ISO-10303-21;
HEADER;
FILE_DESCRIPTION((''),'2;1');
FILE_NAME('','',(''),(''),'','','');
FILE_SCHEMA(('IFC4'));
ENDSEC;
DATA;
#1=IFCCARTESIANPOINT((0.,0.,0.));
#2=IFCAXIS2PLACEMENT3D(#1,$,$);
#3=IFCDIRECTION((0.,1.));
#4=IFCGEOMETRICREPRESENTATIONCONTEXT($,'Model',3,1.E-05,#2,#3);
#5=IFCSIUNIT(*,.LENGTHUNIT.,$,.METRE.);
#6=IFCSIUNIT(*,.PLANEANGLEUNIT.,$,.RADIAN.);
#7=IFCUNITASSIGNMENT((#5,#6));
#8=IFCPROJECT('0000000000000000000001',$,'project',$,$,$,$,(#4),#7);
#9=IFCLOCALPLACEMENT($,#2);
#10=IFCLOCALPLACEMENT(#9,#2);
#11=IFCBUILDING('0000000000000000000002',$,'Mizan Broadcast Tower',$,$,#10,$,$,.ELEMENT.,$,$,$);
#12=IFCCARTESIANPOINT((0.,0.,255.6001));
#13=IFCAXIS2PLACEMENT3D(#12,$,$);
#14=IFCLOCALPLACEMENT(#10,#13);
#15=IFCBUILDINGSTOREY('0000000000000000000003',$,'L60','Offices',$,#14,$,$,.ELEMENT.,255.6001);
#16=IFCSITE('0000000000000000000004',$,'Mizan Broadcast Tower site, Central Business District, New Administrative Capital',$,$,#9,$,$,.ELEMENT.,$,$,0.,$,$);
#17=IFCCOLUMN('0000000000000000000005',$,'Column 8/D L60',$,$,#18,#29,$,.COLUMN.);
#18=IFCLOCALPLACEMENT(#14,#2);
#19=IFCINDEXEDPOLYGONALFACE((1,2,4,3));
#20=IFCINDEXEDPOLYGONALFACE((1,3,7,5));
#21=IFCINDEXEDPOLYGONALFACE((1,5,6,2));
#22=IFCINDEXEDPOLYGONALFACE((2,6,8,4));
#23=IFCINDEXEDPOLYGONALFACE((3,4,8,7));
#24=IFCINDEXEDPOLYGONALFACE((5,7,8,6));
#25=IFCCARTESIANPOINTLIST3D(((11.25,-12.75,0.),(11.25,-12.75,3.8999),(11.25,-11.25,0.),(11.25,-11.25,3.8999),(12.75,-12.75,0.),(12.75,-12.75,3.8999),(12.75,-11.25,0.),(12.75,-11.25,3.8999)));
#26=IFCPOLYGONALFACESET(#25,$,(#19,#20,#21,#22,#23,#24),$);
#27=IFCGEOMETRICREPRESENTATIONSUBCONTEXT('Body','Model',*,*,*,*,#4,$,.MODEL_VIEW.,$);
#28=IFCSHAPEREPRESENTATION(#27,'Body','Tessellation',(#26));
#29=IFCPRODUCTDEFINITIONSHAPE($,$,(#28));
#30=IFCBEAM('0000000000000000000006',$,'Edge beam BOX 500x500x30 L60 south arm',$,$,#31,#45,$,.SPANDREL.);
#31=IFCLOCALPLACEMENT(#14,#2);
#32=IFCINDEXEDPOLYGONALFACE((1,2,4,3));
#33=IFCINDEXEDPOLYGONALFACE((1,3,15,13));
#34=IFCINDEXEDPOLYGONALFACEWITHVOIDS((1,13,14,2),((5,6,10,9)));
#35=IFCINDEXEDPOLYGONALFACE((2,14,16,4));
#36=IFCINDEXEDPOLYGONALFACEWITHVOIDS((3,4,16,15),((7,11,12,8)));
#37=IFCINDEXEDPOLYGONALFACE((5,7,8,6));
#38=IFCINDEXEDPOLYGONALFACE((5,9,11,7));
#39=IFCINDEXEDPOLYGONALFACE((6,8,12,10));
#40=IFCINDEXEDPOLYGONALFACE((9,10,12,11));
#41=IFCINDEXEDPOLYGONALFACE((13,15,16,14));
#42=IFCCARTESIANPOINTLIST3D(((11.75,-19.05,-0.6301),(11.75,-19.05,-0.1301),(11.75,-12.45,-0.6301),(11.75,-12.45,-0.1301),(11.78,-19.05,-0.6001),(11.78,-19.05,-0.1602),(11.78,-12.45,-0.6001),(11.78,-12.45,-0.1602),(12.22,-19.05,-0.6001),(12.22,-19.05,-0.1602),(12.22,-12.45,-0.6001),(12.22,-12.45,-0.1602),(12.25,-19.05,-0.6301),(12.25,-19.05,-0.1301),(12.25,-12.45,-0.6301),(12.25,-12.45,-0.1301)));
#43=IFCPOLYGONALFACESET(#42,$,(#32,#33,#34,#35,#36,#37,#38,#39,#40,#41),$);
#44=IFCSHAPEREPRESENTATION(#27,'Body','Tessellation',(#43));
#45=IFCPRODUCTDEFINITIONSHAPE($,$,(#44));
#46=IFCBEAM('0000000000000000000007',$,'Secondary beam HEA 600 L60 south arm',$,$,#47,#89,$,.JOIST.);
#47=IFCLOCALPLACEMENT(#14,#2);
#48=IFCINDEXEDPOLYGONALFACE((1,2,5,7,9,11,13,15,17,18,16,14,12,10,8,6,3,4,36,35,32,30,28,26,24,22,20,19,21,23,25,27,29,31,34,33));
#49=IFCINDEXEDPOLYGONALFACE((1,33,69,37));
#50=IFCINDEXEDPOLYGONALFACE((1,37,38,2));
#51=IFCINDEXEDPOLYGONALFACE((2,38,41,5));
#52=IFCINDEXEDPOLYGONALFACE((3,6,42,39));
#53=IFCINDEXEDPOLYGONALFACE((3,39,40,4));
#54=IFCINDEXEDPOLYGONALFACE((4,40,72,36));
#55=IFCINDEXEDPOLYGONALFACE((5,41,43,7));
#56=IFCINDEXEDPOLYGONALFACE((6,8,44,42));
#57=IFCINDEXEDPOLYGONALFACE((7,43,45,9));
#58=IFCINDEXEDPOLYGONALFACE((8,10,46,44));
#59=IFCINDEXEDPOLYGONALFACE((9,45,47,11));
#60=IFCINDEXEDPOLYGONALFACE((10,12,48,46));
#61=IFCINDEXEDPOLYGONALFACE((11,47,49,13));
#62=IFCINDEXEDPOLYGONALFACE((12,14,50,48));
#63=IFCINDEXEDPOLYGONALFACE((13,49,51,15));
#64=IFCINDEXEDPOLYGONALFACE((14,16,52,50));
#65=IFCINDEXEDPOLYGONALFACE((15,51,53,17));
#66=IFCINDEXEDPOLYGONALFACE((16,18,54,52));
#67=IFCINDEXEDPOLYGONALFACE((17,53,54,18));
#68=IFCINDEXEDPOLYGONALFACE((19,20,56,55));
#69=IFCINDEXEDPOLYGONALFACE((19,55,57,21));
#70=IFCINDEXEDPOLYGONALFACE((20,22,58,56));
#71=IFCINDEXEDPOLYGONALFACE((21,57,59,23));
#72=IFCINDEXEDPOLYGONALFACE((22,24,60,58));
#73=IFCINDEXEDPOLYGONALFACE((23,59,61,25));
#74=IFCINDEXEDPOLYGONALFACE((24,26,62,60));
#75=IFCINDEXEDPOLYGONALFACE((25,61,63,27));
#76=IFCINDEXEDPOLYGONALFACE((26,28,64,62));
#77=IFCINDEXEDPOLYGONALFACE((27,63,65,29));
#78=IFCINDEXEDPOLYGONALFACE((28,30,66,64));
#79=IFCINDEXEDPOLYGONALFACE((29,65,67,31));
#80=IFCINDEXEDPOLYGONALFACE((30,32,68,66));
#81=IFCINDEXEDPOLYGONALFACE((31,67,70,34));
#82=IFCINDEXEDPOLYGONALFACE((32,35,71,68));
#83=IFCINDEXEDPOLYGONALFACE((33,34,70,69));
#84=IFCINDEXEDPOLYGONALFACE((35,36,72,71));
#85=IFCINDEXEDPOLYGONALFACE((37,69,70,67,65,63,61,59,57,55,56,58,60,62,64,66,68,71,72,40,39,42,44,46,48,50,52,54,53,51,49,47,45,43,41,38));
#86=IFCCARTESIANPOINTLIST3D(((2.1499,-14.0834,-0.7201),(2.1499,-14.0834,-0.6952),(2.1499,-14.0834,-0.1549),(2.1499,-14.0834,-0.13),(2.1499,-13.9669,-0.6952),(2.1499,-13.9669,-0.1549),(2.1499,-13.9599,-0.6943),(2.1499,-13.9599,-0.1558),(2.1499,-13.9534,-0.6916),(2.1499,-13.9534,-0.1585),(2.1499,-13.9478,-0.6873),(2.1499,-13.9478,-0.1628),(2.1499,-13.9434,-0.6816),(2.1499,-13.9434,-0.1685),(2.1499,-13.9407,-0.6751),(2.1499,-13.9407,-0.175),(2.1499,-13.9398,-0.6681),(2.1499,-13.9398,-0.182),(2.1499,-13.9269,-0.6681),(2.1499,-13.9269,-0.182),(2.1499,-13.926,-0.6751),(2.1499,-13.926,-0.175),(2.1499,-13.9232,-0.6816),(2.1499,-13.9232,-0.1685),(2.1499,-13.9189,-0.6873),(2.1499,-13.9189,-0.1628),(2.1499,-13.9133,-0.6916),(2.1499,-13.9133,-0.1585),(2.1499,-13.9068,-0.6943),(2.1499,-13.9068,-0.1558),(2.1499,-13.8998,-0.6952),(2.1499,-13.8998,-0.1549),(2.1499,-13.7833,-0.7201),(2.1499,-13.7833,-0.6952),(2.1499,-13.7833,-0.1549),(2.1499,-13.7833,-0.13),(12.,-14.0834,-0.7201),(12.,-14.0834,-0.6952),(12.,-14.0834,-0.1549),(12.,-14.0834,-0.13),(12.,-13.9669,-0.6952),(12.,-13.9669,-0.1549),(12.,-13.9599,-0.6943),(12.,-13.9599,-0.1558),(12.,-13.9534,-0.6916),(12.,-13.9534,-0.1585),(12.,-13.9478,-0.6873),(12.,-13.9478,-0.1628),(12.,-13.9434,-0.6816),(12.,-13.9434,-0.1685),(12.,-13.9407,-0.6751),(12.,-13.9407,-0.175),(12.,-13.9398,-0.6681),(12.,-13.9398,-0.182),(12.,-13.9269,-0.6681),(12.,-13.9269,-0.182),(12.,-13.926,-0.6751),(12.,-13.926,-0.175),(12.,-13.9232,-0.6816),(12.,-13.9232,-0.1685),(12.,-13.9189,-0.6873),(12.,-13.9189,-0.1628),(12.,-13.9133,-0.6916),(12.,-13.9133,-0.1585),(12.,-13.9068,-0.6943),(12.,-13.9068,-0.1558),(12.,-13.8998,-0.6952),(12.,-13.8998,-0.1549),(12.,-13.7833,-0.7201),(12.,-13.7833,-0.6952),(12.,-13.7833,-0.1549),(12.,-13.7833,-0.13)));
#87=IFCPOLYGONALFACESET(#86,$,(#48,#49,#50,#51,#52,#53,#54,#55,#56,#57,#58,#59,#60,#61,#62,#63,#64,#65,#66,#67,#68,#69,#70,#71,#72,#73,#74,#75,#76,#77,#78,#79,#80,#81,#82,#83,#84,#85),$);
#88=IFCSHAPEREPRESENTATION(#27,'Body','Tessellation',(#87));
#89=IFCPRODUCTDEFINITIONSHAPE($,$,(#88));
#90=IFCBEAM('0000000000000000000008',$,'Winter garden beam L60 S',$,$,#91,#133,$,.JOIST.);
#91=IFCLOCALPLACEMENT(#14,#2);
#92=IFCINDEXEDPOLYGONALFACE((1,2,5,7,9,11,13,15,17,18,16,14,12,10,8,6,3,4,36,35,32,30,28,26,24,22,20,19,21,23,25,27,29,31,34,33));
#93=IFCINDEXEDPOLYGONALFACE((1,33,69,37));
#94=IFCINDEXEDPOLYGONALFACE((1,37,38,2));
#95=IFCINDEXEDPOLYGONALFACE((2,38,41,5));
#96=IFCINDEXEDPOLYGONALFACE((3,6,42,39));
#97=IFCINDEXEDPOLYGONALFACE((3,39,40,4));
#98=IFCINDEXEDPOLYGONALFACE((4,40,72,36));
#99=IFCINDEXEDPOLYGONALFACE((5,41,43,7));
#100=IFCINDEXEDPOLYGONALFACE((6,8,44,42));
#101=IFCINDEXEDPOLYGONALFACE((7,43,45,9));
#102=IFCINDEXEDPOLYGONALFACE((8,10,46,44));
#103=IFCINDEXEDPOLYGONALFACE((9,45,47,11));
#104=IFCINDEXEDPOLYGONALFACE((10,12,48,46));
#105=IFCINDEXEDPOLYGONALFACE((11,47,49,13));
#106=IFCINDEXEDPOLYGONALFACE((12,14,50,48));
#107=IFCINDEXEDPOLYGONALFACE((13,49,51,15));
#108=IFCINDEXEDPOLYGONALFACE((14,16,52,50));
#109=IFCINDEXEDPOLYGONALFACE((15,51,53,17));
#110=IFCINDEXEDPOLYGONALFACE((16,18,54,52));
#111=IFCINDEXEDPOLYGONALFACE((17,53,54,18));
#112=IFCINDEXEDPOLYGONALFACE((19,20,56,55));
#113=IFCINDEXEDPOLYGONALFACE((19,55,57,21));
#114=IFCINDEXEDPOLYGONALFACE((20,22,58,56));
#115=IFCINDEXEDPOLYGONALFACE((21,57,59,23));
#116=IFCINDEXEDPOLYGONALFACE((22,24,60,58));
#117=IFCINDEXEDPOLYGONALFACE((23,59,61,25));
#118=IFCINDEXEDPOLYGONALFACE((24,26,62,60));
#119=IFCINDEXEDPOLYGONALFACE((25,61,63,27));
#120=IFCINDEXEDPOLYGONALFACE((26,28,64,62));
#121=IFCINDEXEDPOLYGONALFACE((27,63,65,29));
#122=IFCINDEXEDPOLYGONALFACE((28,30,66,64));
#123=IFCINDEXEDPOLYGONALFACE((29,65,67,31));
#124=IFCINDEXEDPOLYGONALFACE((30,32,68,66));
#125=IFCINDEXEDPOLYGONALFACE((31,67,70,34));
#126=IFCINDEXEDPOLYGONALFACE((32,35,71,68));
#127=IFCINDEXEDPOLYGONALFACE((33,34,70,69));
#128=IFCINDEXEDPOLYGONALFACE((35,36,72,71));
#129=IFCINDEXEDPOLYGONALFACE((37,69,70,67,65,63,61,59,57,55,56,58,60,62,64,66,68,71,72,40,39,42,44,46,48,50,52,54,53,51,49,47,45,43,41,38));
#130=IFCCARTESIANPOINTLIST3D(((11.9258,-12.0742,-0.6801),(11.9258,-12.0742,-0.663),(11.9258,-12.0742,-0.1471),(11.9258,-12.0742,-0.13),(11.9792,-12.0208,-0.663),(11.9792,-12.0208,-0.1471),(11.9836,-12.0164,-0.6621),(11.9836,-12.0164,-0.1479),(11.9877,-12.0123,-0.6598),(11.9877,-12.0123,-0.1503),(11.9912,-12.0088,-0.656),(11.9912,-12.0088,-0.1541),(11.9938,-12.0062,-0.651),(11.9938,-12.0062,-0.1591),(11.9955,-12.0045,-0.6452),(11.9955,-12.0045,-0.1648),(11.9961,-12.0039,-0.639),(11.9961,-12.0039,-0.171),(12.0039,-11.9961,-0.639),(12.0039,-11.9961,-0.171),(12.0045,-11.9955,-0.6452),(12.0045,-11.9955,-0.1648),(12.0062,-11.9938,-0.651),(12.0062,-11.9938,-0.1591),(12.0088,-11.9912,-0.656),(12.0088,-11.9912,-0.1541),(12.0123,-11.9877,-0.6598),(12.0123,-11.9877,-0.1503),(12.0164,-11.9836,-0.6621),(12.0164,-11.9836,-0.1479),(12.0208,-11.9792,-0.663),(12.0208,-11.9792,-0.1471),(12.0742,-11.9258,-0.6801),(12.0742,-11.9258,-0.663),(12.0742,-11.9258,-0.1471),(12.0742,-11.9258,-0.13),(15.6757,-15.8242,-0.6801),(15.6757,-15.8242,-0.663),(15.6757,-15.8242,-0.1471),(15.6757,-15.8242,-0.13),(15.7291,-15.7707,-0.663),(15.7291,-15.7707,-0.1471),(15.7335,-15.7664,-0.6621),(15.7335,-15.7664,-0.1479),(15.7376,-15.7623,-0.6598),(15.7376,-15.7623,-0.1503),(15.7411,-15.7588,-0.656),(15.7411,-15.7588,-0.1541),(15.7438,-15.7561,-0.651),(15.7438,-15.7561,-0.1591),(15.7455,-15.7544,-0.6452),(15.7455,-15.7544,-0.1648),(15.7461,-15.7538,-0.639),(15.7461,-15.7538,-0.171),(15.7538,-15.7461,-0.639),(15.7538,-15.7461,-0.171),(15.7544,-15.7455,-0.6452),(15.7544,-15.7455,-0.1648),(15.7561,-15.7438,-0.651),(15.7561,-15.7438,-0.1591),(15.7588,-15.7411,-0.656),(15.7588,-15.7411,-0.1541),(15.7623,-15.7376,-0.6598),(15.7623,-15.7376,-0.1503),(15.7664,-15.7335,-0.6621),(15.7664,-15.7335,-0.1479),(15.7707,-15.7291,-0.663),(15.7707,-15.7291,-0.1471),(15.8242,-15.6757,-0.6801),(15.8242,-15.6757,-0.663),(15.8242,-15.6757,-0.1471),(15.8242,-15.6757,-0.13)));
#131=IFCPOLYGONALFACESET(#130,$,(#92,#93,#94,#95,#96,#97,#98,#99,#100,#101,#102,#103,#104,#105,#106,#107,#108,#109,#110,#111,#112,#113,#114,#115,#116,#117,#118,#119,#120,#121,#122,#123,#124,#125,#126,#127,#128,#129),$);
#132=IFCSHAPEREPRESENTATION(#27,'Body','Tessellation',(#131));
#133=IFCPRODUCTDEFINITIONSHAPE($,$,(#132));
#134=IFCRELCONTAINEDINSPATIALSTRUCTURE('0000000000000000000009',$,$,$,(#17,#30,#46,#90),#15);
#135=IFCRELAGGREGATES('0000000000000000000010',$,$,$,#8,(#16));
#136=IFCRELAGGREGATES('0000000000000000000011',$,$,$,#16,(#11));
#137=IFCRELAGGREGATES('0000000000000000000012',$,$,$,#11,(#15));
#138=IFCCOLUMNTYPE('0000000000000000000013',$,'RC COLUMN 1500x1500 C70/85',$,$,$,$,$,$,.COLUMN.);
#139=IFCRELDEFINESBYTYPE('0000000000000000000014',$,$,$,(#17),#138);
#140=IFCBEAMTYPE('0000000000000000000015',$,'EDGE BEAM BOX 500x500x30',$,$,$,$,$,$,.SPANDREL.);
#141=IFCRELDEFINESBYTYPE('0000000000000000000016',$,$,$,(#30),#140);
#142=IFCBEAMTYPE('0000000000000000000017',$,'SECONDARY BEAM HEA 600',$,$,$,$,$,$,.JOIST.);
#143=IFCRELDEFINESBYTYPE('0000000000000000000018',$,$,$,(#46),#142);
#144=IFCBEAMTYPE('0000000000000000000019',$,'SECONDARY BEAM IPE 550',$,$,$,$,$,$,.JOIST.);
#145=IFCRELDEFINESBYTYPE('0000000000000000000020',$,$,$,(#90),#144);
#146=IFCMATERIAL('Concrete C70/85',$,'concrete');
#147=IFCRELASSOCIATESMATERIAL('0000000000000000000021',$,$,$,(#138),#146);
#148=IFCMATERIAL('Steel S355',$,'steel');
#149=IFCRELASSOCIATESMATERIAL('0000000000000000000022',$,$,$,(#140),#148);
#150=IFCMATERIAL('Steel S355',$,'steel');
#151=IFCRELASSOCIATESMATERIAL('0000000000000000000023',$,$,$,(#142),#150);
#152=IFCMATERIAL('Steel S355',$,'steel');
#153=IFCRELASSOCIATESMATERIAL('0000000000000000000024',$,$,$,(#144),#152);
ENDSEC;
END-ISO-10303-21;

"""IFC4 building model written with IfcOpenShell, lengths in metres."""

from ifc_helpers import new_model, si_unit, direction, frame, origin, origin_2d, place, context, subcontext, project, spatial, rectangle, hollow_rectangle, i_section, extrude, material, material_profile, profile_set, type_object, element, save


model = new_model("IFC4")

# Units and contexts
model_context = context("Model", 3, precision=1e-05, world=origin(), true_north=direction((0.0, 1.0)))
body_context = subcontext(model_context, "Body", "Model", "MODEL_VIEW")
ifc_project = project(units=[si_unit("LENGTHUNIT", "METRE"), si_unit("PLANEANGLEUNIT", "RADIAN")], contexts=[model_context])

# Site, building, storey
site_placement = place(None, origin())
site = spatial("IfcSite", under=ifc_project, at=site_placement, Name="Mizan Broadcast Tower site, Central Business District, New Administrative Capital", CompositionType="ELEMENT", RefElevation=0.0)
building_placement = place(site_placement, origin())
building = spatial("IfcBuilding", under=site, at=building_placement, Name="Mizan Broadcast Tower", CompositionType="ELEMENT")
storey_placement = place(building_placement, frame((0.0, 0.0, 255.6001)))
storey = spatial("IfcBuildingStorey", under=building, at=storey_placement, Name="L60", Description="Offices", CompositionType="ELEMENT", Elevation=255.6001)

# Column
ifc_material_1 = material(Name="Concrete C70/85", Category="concrete")
ifc_material_profile_1 = material_profile(ifc_material_1, rectangle(XDim=1.5, YDim=1.5, at=origin_2d()), Name="RC 1500x1500")
ifc_profile_set_1 = profile_set([ifc_material_profile_1], Name="Concrete C70/85")
column_type = type_object("IfcColumnType", Name="RC COLUMN 1500x1500 C70/85", PredefinedType="COLUMN", material=ifc_profile_set_1)
column_placement = place(storey_placement, frame((12.0, -12.0, 0.0), z_axis=(0.0, 0.0, 1.0), x_axis=(1.0, 0.0, 0.0)))
element("IfcColumn", 1, at=column_placement, inside=storey, type_object=column_type, Name="Column 8/D L60", PredefinedType="COLUMN", context=body_context, shape_type="SweptSolid", body=[
    extrude(rectangle(XDim=1.5, YDim=1.5, at=origin_2d()), origin(), (0.0, 0.0, 1.0), 3.8999),
])

# Beams
ifc_material_2 = material(Name="Steel S355", Category="steel")
ifc_material_profile_2 = material_profile(ifc_material_2, hollow_rectangle(XDim=0.5, YDim=0.5, WallThickness=0.03, at=origin_2d()), Name="BOX 500x500x30")
ifc_profile_set_2 = profile_set([ifc_material_profile_2], Name="Steel S355")
beam_type_1 = type_object("IfcBeamType", Name="EDGE BEAM BOX 500x500x30", PredefinedType="SPANDREL", material=ifc_profile_set_2)
beam_1_placement = place(storey_placement, frame((12.0, -12.45, -0.3801), z_axis=(0.0, -1.0, 0.0), x_axis=(1.0, 0.0, 0.0)))
element("IfcBeam", 2, at=beam_1_placement, inside=storey, type_object=beam_type_1, Name="Edge beam BOX 500x500x30 L60 south arm", PredefinedType="SPANDREL", context=body_context, shape_type="SweptSolid", body=[
    extrude(hollow_rectangle(XDim=0.5, YDim=0.5, WallThickness=0.03, at=origin_2d()), origin(), (0.0, 0.0, 1.0), 6.6001),
])
ifc_material_3 = material(Name="Steel S355", Category="steel")
ifc_material_profile_3 = material_profile(ifc_material_3, i_section(OverallWidth=0.3, OverallDepth=0.5901, WebThickness=0.0129, FlangeThickness=0.0249, FilletRadius=0.0271, at=origin_2d()), Name="HEA 600")
ifc_profile_set_3 = profile_set([ifc_material_profile_3], Name="Steel S355")
beam_type_2 = type_object("IfcBeamType", Name="SECONDARY BEAM HEA 600", PredefinedType="JOIST", material=ifc_profile_set_3)
beam_2_placement = place(storey_placement, frame((12.0, -13.9333, -0.425), z_axis=(-1.0, 0.0, 0.0), x_axis=(0.0, -1.0, 0.0)))
element("IfcBeam", 3, at=beam_2_placement, inside=storey, type_object=beam_type_2, Name="Secondary beam HEA 600 L60 south arm", PredefinedType="JOIST", context=body_context, shape_type="SweptSolid", body=[
    extrude(i_section(OverallWidth=0.3, OverallDepth=0.5901, WebThickness=0.0129, FlangeThickness=0.0249, FilletRadius=0.0271, at=origin_2d()), origin(), (0.0, 0.0, 1.0), 9.8501),
])
ifc_material_4 = material(Name="Steel S355", Category="steel")
ifc_material_profile_4 = material_profile(ifc_material_4, i_section(OverallWidth=0.21, OverallDepth=0.55, WebThickness=0.011, FlangeThickness=0.0171, FilletRadius=0.0239, at=origin_2d()), Name="IPE 550")
ifc_profile_set_4 = profile_set([ifc_material_profile_4], Name="Steel S355")
beam_type_3 = type_object("IfcBeamType", Name="SECONDARY BEAM IPE 550", PredefinedType="JOIST", material=ifc_profile_set_4)
beam_3_placement = place(storey_placement, frame((12.0, -12.0, -0.405), z_axis=(0.707107, -0.707107, 0.0), x_axis=(0.707107, 0.707107, 0.0)))
element("IfcBeam", 4, at=beam_3_placement, inside=storey, type_object=beam_type_3, Name="Winter garden beam L60 S", PredefinedType="JOIST", context=body_context, shape_type="SweptSolid", body=[
    extrude(i_section(OverallWidth=0.21, OverallDepth=0.55, WebThickness=0.011, FlangeThickness=0.0171, FilletRadius=0.0239, at=origin_2d()), origin(), (0.0, 0.0, 1.0), 5.3032),
])

save(model, "model.ifc")
